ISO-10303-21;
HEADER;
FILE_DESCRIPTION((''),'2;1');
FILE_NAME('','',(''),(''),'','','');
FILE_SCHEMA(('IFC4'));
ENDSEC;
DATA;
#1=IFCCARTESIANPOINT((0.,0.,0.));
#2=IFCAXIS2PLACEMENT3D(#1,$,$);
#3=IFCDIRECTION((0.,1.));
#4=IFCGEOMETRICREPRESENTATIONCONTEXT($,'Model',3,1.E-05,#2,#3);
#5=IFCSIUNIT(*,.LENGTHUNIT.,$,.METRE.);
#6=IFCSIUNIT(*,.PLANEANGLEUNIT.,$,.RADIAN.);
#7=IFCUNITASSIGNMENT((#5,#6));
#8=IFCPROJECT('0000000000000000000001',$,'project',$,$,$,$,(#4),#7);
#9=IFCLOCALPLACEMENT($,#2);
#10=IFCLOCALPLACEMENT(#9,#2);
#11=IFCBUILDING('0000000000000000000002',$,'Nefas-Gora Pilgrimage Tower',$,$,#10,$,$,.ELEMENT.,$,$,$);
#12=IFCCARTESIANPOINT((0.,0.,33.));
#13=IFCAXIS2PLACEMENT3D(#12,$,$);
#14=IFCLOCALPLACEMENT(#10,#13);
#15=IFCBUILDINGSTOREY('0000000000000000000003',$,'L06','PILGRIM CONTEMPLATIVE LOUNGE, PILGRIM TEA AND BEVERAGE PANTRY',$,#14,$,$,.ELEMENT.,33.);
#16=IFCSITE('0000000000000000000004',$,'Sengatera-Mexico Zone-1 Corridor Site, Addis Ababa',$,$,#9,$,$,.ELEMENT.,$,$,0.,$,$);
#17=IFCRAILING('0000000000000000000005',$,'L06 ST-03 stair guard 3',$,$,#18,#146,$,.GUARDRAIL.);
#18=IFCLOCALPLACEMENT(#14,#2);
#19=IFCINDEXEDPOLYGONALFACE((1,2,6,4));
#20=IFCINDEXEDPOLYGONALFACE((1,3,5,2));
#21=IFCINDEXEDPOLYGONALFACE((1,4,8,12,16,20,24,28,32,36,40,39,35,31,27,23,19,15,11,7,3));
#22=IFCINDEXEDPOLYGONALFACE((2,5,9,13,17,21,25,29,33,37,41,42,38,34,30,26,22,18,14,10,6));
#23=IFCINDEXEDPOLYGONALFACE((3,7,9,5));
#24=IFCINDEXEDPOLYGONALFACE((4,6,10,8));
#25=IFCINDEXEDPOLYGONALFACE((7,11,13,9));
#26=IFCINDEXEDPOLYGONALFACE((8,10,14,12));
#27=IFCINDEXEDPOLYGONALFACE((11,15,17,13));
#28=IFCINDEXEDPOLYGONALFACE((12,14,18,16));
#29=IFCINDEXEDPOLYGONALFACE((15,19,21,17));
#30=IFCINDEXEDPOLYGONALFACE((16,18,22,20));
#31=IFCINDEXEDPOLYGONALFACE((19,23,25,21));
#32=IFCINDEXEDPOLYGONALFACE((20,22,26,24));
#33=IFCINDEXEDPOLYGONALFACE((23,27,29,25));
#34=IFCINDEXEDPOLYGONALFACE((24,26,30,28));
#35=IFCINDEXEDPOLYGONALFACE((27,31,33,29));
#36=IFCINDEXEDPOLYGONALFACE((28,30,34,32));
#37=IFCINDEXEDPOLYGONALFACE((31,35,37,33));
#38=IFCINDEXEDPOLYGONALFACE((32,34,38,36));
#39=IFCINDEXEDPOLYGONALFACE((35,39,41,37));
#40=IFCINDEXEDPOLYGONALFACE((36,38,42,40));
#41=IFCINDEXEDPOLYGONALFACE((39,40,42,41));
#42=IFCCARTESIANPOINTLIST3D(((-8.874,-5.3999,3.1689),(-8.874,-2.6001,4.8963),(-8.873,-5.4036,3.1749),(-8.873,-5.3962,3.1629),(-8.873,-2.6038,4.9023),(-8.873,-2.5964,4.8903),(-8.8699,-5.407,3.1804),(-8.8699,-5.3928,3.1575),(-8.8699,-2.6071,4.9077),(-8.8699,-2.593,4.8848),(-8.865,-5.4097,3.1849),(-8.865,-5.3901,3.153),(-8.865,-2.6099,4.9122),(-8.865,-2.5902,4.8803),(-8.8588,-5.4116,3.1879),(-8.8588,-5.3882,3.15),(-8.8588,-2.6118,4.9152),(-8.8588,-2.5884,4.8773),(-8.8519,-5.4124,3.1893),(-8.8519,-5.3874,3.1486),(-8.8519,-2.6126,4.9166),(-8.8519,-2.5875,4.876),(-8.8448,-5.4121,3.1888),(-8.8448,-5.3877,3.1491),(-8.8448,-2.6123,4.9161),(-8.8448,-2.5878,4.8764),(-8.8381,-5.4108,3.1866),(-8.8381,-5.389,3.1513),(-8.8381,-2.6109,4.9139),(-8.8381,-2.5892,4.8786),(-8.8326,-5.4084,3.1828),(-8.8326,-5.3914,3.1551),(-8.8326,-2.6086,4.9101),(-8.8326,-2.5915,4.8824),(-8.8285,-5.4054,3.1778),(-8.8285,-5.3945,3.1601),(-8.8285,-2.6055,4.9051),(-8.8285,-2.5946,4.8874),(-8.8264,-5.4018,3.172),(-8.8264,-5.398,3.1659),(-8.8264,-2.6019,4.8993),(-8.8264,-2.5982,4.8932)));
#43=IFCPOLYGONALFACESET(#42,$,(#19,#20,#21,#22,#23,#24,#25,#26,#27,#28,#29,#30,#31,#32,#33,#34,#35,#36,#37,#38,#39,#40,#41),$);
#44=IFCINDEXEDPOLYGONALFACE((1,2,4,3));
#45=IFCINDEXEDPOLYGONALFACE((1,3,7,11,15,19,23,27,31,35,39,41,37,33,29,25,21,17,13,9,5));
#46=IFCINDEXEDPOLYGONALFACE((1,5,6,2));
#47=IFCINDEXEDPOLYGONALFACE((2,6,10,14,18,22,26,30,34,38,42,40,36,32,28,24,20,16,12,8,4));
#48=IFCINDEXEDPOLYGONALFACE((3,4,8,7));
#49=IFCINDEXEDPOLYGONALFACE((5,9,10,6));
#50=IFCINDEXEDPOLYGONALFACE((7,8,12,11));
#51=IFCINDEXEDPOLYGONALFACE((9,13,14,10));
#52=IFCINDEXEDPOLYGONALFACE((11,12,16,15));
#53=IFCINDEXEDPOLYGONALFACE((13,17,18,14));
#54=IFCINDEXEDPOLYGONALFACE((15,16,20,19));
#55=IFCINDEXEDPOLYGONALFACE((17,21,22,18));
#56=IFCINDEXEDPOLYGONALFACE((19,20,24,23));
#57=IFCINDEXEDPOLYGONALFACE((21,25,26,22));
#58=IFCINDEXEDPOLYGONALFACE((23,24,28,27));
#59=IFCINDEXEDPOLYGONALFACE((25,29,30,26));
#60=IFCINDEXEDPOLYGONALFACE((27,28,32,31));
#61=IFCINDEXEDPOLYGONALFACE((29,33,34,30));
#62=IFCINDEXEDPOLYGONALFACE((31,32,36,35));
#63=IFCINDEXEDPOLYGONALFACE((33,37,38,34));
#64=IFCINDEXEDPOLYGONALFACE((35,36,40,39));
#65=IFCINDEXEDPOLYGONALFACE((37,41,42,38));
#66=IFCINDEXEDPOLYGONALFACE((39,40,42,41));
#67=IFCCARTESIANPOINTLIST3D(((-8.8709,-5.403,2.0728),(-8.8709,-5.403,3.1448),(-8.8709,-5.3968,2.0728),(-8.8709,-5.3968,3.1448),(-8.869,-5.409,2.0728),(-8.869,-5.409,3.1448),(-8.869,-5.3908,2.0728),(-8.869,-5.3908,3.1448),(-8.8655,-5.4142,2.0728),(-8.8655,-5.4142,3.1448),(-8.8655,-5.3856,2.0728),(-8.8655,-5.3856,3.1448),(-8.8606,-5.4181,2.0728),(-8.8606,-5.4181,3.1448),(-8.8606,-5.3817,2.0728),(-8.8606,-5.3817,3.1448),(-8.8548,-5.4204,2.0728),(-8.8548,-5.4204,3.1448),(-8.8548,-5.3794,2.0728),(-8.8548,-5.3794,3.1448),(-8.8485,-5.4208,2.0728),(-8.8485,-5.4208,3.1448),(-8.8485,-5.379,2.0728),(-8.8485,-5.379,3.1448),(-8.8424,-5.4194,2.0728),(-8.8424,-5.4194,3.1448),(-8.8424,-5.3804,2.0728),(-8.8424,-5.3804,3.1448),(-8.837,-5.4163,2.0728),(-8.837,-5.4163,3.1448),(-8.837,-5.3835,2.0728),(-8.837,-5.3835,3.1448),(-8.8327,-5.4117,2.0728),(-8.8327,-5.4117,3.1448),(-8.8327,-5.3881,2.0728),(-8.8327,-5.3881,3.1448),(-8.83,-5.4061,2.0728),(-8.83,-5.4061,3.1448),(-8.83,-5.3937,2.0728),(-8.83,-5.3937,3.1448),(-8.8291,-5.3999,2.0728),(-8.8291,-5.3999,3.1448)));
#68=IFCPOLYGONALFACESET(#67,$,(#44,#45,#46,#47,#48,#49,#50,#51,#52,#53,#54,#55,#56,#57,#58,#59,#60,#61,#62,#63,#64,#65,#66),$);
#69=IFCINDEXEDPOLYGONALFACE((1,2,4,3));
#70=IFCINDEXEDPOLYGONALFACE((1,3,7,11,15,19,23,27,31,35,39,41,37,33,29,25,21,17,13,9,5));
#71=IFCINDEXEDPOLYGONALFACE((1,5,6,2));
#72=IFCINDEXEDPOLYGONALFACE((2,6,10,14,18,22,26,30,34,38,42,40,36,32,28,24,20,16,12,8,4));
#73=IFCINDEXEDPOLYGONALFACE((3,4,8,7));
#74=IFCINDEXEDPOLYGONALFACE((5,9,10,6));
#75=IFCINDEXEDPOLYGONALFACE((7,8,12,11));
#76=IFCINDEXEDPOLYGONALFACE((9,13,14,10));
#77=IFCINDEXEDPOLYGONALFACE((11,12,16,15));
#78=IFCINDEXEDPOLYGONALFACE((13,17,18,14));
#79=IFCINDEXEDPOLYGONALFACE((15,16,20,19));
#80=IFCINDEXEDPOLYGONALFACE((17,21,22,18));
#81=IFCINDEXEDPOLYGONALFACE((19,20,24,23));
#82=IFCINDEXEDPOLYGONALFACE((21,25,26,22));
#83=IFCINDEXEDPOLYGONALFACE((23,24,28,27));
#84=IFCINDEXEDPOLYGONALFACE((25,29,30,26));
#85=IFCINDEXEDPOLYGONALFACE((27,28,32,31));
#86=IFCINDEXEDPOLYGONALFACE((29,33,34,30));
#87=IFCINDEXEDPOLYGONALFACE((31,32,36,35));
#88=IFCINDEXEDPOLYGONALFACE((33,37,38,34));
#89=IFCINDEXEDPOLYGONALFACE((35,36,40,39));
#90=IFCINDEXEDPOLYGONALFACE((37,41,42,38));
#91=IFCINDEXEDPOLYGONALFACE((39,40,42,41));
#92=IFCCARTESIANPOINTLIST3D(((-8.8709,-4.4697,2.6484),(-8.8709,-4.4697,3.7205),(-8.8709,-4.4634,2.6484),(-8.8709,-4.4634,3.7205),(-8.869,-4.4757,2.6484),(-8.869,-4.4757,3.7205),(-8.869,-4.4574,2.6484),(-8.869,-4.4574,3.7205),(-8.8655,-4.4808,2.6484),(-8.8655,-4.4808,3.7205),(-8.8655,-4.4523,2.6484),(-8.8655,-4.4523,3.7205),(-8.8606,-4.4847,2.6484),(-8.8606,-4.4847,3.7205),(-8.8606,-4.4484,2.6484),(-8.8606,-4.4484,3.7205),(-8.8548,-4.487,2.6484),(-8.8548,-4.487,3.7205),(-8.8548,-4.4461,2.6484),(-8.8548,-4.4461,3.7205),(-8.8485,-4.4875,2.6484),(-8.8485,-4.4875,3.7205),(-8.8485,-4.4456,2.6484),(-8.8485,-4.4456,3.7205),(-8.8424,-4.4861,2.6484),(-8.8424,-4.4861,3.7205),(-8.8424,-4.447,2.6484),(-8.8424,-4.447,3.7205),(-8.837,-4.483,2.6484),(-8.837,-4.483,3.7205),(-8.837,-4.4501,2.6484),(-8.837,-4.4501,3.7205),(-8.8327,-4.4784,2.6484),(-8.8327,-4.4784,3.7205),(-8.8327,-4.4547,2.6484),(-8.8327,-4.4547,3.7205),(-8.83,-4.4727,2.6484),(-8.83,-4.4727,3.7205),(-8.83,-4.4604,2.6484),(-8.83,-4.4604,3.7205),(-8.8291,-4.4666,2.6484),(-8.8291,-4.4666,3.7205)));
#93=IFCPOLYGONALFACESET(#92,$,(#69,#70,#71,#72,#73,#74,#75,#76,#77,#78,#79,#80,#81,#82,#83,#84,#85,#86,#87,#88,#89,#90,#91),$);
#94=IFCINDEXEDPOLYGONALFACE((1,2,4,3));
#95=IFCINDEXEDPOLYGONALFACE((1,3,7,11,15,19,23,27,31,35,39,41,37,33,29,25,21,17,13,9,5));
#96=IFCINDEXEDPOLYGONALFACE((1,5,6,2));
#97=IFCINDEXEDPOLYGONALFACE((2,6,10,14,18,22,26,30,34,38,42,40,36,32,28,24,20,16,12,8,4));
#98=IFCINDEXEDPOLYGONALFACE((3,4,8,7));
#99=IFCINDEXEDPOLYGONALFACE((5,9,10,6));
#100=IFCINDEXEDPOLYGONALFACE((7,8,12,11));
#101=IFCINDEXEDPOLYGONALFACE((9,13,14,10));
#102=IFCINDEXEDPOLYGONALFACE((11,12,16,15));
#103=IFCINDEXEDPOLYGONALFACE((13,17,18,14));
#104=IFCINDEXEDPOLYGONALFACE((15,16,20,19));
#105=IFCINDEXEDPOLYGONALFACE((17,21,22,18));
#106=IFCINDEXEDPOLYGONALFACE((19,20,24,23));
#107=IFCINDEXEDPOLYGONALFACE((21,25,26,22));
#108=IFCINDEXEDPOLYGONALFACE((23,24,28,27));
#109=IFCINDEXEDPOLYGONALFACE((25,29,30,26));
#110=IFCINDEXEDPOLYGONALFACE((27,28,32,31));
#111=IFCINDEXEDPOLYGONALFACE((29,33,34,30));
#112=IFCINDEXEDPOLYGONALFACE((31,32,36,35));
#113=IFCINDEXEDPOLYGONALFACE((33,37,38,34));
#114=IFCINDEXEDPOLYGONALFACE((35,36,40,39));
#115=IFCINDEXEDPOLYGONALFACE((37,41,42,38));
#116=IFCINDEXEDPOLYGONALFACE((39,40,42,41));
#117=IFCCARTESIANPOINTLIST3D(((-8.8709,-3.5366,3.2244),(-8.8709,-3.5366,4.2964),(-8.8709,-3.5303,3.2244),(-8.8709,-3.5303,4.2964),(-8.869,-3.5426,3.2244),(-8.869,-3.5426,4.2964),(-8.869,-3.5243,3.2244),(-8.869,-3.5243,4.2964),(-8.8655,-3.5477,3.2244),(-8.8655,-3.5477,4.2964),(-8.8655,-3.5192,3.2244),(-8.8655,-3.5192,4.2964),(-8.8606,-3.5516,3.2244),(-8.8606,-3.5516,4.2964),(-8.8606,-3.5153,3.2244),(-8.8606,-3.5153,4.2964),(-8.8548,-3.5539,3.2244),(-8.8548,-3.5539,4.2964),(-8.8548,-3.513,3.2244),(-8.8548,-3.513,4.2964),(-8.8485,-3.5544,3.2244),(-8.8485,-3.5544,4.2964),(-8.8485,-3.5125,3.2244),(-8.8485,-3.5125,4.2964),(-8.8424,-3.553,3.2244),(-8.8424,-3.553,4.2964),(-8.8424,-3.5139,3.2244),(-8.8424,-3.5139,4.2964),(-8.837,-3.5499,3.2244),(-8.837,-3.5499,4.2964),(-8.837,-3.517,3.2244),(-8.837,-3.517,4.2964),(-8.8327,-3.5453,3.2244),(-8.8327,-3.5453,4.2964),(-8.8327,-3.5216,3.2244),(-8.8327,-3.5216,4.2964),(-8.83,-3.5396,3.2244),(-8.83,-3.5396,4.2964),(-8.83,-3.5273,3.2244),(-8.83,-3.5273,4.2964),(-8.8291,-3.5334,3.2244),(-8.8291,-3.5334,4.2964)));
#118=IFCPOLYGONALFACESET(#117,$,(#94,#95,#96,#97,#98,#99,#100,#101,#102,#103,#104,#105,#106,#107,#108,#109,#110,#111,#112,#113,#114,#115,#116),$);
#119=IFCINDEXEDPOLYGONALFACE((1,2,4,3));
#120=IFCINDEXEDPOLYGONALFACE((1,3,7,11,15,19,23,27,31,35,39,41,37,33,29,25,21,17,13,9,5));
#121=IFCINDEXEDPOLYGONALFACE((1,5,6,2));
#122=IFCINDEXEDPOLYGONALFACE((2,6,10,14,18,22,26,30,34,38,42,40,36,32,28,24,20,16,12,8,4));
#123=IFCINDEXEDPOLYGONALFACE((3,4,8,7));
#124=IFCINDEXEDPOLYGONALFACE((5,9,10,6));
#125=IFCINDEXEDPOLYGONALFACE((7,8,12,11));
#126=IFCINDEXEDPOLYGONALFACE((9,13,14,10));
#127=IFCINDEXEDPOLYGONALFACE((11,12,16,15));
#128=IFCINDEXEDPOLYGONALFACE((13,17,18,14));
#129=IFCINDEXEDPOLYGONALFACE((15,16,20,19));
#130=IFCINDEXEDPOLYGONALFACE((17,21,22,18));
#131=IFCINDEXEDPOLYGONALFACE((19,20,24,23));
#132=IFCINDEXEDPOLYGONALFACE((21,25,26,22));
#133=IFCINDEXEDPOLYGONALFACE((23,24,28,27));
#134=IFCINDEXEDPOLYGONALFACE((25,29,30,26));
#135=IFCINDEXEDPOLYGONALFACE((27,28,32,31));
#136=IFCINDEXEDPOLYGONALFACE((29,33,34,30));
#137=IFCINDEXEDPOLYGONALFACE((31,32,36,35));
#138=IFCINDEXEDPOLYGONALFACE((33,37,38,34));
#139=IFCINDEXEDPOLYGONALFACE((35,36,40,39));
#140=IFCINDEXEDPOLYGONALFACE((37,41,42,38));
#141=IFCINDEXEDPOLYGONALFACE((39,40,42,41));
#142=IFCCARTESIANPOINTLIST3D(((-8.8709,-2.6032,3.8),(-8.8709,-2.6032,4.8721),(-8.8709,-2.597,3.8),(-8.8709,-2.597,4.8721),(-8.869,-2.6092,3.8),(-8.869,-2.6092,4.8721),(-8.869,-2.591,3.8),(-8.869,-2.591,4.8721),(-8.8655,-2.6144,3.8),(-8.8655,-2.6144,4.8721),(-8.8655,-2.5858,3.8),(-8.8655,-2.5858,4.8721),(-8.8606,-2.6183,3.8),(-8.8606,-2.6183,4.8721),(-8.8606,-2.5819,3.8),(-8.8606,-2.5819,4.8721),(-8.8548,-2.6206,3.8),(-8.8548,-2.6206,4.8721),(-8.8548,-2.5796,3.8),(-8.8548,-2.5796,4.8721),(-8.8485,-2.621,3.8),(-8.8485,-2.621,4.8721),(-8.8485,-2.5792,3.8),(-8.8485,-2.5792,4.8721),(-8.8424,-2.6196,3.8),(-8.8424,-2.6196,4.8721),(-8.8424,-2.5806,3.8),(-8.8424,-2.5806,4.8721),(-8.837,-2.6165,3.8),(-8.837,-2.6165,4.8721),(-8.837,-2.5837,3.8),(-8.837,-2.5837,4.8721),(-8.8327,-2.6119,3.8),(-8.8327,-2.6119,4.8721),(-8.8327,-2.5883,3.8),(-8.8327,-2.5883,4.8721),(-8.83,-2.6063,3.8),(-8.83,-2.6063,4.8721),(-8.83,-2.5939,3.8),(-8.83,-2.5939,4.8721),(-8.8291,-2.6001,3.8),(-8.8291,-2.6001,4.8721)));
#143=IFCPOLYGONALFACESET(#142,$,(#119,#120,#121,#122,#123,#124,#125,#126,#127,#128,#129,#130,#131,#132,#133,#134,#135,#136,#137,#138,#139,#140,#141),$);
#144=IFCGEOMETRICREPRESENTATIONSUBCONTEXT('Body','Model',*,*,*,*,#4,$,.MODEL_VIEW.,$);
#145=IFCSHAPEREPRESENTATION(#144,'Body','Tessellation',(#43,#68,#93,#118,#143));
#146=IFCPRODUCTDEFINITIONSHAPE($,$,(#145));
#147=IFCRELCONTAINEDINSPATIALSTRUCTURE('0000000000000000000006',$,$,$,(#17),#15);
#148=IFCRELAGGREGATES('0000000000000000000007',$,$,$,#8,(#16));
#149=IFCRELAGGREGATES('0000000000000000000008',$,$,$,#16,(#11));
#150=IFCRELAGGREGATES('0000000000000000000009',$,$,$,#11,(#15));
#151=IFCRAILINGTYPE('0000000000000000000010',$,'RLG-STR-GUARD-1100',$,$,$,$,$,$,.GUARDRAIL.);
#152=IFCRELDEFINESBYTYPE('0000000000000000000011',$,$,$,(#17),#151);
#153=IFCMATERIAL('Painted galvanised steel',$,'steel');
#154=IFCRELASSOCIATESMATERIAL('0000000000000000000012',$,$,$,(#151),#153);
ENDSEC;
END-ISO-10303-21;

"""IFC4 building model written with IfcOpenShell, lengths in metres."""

from ifc_helpers import new_model, si_unit, direction, frame, origin, origin_2d, place, context, subcontext, project, spatial, circle, extrude, material, type_object, element, save


model = new_model("IFC4")

# Units and contexts
model_context = context("Model", 3, precision=1e-05, world=origin(), true_north=direction((0.0, 1.0)))
body_context = subcontext(model_context, "Body", "Model", "MODEL_VIEW")
ifc_project = project(units=[si_unit("LENGTHUNIT", "METRE"), si_unit("PLANEANGLEUNIT", "RADIAN")], contexts=[model_context])

# Site, building, storey
site_placement = place(None, origin())
site = spatial("IfcSite", under=ifc_project, at=site_placement, Name="Sengatera-Mexico Zone-1 Corridor Site, Addis Ababa", CompositionType="ELEMENT", RefElevation=0.0)
building_placement = place(site_placement, origin())
building = spatial("IfcBuilding", under=site, at=building_placement, Name="Nefas-Gora Pilgrimage Tower", CompositionType="ELEMENT")
storey_placement = place(building_placement, frame((0.0, 0.0, 33.0)))
storey = spatial("IfcBuildingStorey", under=building, at=storey_placement, Name="L06", Description="PILGRIM CONTEMPLATIVE LOUNGE, PILGRIM TEA AND BEVERAGE PANTRY", CompositionType="ELEMENT", Elevation=33.0)

# Railing
ifc_material_1 = material(Name="Painted galvanised steel", Category="steel")
railing_type_1 = type_object("IfcRailingType", Name="RLG-STR-GUARD-1100", PredefinedType="GUARDRAIL", material=ifc_material_1)
railing_1_placement = place(storey_placement, frame((-8.8501, -5.3999, 2.0728)))
element("IfcRailing", 1, at=railing_1_placement, inside=storey, type_object=railing_type_1, Name="L06 ST-03 stair guard 3", PredefinedType="GUARDRAIL", context=body_context, shape_type="SweptSolid", body=[
    extrude(circle(Radius=0.0239, at=origin_2d()), frame((0.0, 0.0, 1.0962), z_axis=(0.0, 0.851069, 0.525054), x_axis=(-1.0, 0.0, 0.0)), (0.0, 0.0, 1.0), 3.2898),
    extrude(circle(Radius=0.021, at=origin_2d()), origin(), (0.0, 0.0, 1.0), 1.072),
    extrude(circle(Radius=0.021, at=origin_2d()), frame((0.0, 0.9333, 0.5757)), (0.0, 0.0, 1.0), 1.072),
    extrude(circle(Radius=0.021, at=origin_2d()), frame((0.0, 1.8665, 1.1516)), (0.0, 0.0, 1.0), 1.072),
    extrude(circle(Radius=0.021, at=origin_2d()), frame((0.0, 2.7998, 1.7273)), (0.0, 0.0, 1.0), 1.072),
])

save(model, "model.ifc")
